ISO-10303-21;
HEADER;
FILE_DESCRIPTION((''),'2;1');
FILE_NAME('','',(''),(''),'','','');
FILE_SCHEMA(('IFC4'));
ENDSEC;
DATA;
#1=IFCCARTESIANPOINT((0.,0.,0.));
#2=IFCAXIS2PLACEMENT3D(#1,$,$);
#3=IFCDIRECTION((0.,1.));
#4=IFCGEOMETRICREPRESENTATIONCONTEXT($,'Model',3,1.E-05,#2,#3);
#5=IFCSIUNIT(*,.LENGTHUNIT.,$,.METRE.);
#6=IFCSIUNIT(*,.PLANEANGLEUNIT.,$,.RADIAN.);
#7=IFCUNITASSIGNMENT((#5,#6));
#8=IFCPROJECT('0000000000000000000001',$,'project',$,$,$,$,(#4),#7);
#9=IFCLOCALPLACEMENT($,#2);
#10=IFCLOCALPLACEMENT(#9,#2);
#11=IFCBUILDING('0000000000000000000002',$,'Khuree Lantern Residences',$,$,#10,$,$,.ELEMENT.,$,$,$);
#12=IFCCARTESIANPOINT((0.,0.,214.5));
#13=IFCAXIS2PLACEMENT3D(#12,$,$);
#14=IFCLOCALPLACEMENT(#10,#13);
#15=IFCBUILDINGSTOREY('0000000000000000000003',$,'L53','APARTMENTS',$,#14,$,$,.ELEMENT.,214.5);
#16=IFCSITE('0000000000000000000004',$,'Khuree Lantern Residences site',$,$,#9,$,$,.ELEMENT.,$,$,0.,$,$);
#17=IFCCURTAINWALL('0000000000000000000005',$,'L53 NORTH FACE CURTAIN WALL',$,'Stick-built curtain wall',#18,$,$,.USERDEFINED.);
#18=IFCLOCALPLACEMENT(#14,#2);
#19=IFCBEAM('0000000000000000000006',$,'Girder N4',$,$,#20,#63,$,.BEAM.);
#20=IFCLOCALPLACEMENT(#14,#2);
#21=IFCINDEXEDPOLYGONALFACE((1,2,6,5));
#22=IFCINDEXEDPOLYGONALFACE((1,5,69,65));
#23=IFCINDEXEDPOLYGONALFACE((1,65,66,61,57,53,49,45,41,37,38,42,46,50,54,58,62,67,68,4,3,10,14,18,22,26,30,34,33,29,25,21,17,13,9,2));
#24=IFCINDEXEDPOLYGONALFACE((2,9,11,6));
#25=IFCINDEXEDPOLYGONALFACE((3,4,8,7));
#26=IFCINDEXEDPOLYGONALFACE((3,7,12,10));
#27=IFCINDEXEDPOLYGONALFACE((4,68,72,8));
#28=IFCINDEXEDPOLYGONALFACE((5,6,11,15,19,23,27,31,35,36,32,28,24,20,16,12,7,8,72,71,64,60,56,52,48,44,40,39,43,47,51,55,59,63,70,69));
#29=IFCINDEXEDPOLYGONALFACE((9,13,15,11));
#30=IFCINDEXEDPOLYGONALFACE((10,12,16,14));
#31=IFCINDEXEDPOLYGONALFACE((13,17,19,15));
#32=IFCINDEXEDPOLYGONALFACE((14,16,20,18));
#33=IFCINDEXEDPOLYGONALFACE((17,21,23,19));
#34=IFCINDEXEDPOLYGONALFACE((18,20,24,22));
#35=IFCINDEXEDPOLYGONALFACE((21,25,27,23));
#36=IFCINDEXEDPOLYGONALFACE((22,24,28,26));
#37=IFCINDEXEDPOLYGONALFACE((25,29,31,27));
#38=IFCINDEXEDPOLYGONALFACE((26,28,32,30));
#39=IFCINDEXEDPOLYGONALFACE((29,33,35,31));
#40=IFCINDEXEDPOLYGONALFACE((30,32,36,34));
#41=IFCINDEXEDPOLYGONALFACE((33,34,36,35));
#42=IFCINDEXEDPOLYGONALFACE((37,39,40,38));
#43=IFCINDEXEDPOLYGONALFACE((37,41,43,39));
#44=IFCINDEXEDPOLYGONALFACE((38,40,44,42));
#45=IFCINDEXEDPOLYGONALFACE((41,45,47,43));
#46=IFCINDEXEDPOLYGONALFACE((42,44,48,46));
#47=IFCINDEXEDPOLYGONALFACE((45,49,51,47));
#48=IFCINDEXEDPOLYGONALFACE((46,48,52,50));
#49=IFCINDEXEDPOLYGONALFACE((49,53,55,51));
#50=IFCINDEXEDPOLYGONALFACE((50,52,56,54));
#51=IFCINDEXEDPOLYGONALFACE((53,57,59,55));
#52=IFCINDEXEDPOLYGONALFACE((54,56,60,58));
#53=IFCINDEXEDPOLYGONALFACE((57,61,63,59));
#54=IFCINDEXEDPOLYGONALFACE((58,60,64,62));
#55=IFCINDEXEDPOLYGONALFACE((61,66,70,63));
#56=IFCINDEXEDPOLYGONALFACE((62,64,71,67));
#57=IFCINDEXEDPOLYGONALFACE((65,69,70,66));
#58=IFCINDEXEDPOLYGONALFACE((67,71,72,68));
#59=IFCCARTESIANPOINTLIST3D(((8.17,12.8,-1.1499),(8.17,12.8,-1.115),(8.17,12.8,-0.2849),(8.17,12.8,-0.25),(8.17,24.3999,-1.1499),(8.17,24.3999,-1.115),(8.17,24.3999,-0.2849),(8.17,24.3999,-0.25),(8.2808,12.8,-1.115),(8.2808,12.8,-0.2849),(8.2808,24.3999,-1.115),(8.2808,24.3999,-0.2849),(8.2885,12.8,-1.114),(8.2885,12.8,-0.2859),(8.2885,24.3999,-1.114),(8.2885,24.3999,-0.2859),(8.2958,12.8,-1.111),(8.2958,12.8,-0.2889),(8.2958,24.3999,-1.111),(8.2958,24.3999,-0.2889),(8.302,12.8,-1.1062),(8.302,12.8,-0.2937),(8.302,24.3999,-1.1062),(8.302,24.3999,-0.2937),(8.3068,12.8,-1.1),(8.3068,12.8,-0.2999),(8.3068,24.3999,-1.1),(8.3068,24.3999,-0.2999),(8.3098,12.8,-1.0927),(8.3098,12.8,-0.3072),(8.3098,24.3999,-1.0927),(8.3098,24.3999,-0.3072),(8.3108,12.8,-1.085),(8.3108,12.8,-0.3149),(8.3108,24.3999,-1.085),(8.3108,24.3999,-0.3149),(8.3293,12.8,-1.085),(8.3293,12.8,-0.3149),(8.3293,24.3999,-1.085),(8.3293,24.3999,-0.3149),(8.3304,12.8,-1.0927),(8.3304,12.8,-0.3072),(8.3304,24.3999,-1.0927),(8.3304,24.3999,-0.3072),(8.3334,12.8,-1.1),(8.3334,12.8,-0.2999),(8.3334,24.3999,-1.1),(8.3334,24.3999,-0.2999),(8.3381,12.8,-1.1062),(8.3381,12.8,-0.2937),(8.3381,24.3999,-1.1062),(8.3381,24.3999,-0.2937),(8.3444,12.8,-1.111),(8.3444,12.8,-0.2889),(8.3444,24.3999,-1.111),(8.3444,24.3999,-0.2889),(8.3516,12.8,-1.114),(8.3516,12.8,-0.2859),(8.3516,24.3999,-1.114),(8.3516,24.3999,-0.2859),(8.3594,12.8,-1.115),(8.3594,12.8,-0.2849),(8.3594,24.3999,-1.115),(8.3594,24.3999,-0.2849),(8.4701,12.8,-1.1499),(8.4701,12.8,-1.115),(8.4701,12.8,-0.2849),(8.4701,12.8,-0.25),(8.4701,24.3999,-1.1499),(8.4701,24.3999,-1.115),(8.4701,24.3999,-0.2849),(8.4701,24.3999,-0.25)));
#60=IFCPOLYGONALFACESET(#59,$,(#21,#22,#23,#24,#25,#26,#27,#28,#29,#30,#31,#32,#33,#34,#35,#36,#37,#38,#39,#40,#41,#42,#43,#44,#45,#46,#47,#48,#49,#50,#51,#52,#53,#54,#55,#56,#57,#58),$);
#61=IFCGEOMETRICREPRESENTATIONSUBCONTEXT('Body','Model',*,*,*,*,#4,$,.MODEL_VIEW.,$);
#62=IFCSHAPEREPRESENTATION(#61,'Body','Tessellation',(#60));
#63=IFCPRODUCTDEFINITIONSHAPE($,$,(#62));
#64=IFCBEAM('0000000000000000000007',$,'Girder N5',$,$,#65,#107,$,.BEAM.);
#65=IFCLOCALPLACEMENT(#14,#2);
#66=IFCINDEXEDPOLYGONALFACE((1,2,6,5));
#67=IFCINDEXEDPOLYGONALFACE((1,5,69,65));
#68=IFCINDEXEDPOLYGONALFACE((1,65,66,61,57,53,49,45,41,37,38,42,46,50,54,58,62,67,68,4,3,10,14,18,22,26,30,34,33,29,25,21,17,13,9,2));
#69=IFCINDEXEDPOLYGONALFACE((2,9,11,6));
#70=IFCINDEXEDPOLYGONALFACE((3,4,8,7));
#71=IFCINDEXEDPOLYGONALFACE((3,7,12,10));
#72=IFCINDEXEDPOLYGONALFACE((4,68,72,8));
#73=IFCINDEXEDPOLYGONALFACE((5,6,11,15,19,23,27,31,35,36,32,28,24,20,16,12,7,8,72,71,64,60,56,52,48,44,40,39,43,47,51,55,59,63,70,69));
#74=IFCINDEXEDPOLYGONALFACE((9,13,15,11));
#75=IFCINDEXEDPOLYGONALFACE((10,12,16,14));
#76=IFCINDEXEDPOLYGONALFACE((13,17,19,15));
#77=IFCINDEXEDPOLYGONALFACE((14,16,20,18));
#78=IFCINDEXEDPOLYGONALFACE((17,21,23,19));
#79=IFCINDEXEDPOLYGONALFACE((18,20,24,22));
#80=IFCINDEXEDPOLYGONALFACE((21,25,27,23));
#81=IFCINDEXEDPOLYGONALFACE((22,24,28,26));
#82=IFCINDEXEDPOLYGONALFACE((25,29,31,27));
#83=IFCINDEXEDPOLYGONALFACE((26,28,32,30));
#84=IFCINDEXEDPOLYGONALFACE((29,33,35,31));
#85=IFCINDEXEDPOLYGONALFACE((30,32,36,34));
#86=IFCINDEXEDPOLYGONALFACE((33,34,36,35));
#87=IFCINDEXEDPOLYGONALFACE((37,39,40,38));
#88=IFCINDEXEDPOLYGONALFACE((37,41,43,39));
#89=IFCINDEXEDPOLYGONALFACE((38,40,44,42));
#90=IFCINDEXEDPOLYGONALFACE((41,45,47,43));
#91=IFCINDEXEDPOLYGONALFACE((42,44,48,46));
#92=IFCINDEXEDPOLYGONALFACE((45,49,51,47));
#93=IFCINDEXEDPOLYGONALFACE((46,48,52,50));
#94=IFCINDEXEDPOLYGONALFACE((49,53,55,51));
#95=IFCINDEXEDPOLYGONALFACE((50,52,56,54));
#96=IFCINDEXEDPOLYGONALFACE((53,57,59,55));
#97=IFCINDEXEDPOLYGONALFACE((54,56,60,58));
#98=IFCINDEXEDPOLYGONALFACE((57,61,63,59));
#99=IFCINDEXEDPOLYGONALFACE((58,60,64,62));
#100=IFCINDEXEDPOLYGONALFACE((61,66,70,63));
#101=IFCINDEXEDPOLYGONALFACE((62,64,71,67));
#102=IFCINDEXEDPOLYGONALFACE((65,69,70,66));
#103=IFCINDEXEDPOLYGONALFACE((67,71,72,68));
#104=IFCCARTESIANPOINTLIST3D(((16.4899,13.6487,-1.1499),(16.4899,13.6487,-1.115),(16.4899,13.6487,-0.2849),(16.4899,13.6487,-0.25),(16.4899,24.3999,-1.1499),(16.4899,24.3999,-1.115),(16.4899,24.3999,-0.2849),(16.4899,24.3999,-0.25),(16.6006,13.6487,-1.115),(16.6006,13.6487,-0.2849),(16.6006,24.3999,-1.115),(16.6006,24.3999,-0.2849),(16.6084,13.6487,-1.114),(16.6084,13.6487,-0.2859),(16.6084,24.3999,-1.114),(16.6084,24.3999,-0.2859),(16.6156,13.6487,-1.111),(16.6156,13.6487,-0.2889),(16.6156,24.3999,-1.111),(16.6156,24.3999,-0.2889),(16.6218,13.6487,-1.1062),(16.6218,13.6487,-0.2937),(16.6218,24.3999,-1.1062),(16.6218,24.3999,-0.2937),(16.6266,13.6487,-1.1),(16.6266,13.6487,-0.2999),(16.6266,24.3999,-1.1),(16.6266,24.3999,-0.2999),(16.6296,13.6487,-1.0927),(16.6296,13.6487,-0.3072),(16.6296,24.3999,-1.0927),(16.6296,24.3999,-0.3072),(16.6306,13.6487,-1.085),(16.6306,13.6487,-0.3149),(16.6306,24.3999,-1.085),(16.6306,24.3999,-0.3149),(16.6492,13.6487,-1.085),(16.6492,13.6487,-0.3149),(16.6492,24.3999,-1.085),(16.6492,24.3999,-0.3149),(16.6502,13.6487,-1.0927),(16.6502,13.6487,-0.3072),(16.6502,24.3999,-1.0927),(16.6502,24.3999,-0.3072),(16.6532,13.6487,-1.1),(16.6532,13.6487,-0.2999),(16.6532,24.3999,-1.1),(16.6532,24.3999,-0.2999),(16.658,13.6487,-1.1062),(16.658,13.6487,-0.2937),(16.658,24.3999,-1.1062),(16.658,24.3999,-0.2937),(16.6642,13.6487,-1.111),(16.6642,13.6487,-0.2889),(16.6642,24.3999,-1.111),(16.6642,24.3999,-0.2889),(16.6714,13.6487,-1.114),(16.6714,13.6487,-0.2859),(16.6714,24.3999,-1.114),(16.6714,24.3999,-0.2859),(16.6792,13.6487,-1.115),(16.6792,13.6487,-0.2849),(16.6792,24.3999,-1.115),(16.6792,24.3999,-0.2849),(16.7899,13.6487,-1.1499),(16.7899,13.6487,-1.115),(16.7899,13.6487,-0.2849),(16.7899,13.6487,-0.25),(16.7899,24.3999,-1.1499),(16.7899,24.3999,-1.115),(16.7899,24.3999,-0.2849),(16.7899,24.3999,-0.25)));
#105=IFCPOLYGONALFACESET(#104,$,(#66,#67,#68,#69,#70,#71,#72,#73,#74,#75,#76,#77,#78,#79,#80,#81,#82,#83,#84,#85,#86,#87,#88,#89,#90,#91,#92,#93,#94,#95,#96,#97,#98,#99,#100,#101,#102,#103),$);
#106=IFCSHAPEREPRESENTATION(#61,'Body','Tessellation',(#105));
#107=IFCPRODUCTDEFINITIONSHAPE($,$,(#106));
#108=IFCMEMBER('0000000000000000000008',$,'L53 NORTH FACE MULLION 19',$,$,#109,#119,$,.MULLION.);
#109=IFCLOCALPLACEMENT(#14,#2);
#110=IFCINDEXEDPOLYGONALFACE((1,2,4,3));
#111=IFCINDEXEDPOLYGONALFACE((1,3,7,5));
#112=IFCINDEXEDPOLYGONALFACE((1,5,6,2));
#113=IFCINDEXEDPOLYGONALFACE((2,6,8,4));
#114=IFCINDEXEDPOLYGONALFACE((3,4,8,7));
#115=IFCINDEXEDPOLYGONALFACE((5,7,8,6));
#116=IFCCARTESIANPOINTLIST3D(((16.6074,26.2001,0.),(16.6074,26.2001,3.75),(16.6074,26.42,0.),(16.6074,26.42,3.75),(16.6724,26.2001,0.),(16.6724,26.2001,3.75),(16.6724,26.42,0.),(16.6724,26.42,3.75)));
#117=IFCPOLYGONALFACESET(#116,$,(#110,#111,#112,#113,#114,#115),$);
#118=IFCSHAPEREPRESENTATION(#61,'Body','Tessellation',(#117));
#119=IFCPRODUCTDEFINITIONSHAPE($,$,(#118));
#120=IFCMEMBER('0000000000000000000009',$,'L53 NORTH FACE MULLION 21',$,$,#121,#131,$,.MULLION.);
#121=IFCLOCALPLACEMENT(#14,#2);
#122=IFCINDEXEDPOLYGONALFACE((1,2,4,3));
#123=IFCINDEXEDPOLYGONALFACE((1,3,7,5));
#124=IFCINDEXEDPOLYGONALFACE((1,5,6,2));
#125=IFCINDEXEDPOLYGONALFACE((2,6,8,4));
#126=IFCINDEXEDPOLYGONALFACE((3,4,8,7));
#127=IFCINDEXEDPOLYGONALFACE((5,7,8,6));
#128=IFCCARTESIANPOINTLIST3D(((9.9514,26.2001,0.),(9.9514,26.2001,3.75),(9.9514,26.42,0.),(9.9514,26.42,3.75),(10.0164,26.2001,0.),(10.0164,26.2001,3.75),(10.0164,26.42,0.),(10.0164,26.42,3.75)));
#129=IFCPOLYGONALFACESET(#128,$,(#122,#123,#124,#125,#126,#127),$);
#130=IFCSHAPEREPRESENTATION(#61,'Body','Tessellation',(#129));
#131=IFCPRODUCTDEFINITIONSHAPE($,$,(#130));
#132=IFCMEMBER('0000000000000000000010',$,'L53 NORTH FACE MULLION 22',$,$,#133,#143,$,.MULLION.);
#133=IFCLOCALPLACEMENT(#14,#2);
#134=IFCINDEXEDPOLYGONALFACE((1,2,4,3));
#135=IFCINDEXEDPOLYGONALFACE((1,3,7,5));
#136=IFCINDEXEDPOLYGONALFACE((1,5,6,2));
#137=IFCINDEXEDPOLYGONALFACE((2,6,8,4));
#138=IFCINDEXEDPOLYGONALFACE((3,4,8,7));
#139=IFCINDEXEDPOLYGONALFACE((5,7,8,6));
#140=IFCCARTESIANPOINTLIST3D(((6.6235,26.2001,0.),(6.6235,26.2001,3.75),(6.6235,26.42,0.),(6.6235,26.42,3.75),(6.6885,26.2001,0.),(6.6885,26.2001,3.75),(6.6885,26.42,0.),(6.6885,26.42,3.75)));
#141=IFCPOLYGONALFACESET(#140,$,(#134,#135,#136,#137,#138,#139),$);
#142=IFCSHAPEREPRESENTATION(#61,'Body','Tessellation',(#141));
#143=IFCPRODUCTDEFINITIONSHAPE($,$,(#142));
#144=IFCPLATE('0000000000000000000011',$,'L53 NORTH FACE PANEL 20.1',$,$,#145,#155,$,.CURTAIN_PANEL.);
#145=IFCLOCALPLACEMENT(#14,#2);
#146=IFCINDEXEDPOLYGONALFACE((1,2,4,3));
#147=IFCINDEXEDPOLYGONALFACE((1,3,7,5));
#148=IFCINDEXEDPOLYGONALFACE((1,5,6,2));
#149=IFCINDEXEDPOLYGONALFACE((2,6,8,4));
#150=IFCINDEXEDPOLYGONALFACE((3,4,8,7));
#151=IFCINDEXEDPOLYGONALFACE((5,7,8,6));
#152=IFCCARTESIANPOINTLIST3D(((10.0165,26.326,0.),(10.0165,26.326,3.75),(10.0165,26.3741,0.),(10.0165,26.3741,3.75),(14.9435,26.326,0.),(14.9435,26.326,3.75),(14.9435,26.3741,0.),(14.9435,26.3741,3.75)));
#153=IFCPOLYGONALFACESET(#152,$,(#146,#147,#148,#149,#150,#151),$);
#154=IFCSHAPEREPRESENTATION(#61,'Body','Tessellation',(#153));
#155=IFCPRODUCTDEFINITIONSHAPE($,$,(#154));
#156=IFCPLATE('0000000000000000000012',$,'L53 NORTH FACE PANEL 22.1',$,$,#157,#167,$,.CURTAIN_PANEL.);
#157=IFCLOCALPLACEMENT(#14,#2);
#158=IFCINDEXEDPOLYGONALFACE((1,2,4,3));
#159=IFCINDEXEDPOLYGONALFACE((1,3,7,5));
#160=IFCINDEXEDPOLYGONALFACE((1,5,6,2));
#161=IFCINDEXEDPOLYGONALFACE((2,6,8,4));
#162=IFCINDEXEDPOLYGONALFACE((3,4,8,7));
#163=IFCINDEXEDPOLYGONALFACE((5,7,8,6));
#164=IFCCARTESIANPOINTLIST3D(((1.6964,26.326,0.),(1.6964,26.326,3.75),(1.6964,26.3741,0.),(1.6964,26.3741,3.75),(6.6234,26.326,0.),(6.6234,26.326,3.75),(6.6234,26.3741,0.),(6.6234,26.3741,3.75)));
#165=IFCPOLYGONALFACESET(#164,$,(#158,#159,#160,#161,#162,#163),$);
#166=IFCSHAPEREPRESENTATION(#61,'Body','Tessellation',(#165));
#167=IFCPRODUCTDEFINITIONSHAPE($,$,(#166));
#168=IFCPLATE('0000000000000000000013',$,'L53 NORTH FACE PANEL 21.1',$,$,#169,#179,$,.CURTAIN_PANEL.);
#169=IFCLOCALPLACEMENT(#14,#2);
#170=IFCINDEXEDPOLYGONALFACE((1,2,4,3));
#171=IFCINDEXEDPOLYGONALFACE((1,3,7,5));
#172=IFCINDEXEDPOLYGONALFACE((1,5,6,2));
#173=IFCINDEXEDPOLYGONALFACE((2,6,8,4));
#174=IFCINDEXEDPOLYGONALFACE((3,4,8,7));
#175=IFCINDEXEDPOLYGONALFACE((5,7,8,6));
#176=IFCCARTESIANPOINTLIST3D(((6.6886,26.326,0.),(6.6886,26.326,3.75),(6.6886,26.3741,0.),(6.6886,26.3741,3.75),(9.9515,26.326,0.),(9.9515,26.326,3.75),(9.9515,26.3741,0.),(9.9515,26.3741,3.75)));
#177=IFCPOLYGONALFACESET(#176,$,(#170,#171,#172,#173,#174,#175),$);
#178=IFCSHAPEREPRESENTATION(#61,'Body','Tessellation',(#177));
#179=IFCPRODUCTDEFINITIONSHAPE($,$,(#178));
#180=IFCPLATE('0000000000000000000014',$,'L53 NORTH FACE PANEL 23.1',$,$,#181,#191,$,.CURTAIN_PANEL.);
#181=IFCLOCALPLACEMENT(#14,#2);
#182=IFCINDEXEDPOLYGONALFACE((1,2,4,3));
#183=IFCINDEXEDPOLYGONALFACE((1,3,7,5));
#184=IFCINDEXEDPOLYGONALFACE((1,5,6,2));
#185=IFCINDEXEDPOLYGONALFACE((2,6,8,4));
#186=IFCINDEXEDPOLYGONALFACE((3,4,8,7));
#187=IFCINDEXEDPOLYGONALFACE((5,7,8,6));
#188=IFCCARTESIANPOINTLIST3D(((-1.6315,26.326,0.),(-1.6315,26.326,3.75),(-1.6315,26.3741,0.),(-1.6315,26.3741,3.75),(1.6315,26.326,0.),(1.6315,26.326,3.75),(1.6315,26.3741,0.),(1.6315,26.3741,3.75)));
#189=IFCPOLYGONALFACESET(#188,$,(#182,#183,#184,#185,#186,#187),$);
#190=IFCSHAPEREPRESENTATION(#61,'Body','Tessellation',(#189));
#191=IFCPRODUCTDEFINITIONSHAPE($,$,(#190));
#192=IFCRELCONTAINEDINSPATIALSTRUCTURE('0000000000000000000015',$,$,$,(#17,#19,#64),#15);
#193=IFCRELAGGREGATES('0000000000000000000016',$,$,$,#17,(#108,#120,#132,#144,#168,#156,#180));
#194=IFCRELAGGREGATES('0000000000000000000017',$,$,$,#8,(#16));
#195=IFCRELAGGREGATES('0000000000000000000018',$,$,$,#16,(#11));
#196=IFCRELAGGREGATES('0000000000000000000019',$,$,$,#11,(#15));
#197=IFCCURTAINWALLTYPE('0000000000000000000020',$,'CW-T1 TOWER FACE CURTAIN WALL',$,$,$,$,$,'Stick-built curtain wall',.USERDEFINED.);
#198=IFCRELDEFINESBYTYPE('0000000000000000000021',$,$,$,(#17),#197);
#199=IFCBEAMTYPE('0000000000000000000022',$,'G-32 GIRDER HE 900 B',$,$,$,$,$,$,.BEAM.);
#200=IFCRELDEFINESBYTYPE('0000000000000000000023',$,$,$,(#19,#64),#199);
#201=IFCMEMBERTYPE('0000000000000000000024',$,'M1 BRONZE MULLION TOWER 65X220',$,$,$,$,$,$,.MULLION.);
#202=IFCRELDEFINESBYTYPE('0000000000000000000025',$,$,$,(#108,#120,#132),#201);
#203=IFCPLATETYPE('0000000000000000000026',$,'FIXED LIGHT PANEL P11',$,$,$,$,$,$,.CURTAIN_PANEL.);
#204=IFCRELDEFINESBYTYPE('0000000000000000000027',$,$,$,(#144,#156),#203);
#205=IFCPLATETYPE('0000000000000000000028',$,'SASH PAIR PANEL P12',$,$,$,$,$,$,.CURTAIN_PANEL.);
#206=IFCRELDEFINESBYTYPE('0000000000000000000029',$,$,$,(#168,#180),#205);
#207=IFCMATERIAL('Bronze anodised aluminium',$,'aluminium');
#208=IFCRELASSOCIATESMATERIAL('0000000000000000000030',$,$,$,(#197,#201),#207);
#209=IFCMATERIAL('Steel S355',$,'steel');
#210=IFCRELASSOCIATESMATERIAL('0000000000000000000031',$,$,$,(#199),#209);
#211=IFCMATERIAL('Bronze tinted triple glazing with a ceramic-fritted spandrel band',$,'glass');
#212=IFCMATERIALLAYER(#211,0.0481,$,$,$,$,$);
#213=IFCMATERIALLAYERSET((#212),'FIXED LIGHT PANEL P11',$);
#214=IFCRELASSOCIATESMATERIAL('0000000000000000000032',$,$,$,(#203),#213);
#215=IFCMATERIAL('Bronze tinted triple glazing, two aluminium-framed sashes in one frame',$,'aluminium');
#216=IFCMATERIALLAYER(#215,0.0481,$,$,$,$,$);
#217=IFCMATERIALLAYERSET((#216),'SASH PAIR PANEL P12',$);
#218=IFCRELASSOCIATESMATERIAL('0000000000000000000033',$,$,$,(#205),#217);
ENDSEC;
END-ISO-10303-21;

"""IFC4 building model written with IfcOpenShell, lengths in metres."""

from ifc_helpers import new_model, si_unit, direction, frame, origin, origin_2d, place, context, subcontext, project, spatial, rectangle, i_section, extrude, material, layer, layer_set, material_profile, profile_set, type_object, element, aggregate, save


model = new_model("IFC4")

# Units and contexts
model_context = context("Model", 3, precision=1e-05, world=origin(), true_north=direction((0.0, 1.0)))
body_context = subcontext(model_context, "Body", "Model", "MODEL_VIEW")
ifc_project = project(units=[si_unit("LENGTHUNIT", "METRE"), si_unit("PLANEANGLEUNIT", "RADIAN")], contexts=[model_context])

# Site, building, storey
site_placement = place(None, origin())
site = spatial("IfcSite", under=ifc_project, at=site_placement, Name="Khuree Lantern Residences site", CompositionType="ELEMENT", RefElevation=0.0)
building_placement = place(site_placement, origin())
building = spatial("IfcBuilding", under=site, at=building_placement, Name="Khuree Lantern Residences", CompositionType="ELEMENT")
storey_placement = place(building_placement, frame((0.0, 0.0, 214.5)))
storey = spatial("IfcBuildingStorey", under=building, at=storey_placement, Name="L53", Description="APARTMENTS", CompositionType="ELEMENT", Elevation=214.5)

# Shared definitions
ifc_material_1 = material(Name="Steel S355", Category="steel")

# Curtain wall
ifc_material_2 = material(Name="Bronze anodised aluminium", Category="aluminium")
curtain_wall_type = type_object("IfcCurtainWallType", Name="CW-T1 TOWER FACE CURTAIN WALL", ElementType="Stick-built curtain wall", PredefinedType="USERDEFINED", material=ifc_material_2)
curtain_wall_placement = place(storey_placement, origin())
curtain_wall = element("IfcCurtainWall", 1, at=curtain_wall_placement, inside=storey, type_object=curtain_wall_type, Name="L53 NORTH FACE CURTAIN WALL", ObjectType="Stick-built curtain wall", PredefinedType="USERDEFINED")

# Beams
ifc_material_profile_1 = material_profile(ifc_material_1, i_section(OverallWidth=0.3, OverallDepth=0.8999, WebThickness=0.0186, FlangeThickness=0.0349, FilletRadius=0.03, at=origin_2d()), Name="HE 900 B")
ifc_profile_set_1 = profile_set([ifc_material_profile_1], Name="Steel S355")
beam_type_1 = type_object("IfcBeamType", Name="G-32 GIRDER HE 900 B", PredefinedType="BEAM", material=ifc_profile_set_1)
for number, where, z_axis, x_axis, name in (
    (2, (8.3201, 24.3999, -0.7), (0.0, -1.0, 0.0), (1.0, 0.0, 0.0), "Girder N4"),
):
    element("IfcBeam", number, at=place(storey_placement, frame(where, z_axis=z_axis, x_axis=x_axis)), inside=storey, type_object=beam_type_1, Name=name, PredefinedType="BEAM", context=body_context, shape_type="SweptSolid", body=[
        extrude(i_section(OverallWidth=0.3, OverallDepth=0.8999, WebThickness=0.0186, FlangeThickness=0.0349, FilletRadius=0.03, at=origin_2d()), origin(), (0.0, 0.0, 1.0), 11.5999),
    ])
beam_1_placement = place(storey_placement, frame((16.6399, 24.3999, -0.7), z_axis=(0.0, -1.0, 0.0), x_axis=(1.0, 0.0, 0.0)))
element("IfcBeam", 3, at=beam_1_placement, inside=storey, type_object=beam_type_1, Name="Girder N5", PredefinedType="BEAM", context=body_context, shape_type="SweptSolid", body=[
    extrude(i_section(OverallWidth=0.3, OverallDepth=0.8999, WebThickness=0.0186, FlangeThickness=0.0349, FilletRadius=0.03, at=origin_2d()), origin(), (0.0, 0.0, 1.0), 10.7512),
])

# Members
ifc_material_profile_2 = material_profile(ifc_material_2, rectangle(XDim=0.0649, YDim=0.22, at=origin_2d()), Name="M1 65X220")
ifc_profile_set_2 = profile_set([ifc_material_profile_2], Name="Bronze anodised aluminium")
member_type_1 = type_object("IfcMemberType", Name="M1 BRONZE MULLION TOWER 65X220", PredefinedType="MULLION", material=ifc_profile_set_2)
member_1_placement = place(storey_placement, frame((16.6399, 26.3101, 0.0), z_axis=(0.0, 0.0, 1.0), x_axis=(-1.0, 0.0, 0.0)))
member_1 = element("IfcMember", 4, at=member_1_placement, type_object=member_type_1, Name="L53 NORTH FACE MULLION 19", PredefinedType="MULLION", context=body_context, shape_type="SweptSolid", body=[
    extrude(rectangle(XDim=0.0649, YDim=0.22, at=origin_2d()), origin(), (0.0, 0.0, 1.0), 3.75),
])
member_2_placement = place(storey_placement, frame((9.9839, 26.3101, 0.0), z_axis=(0.0, 0.0, 1.0), x_axis=(-1.0, 0.0, 0.0)))
member_2 = element("IfcMember", 5, at=member_2_placement, type_object=member_type_1, Name="L53 NORTH FACE MULLION 21", PredefinedType="MULLION", context=body_context, shape_type="SweptSolid", body=[
    extrude(rectangle(XDim=0.0649, YDim=0.22, at=origin_2d()), origin(), (0.0, 0.0, 1.0), 3.75),
])
member_3_placement = place(storey_placement, frame((6.656, 26.3101, 0.0), z_axis=(0.0, 0.0, 1.0), x_axis=(-1.0, 0.0, 0.0)))
member_3 = element("IfcMember", 6, at=member_3_placement, type_object=member_type_1, Name="L53 NORTH FACE MULLION 22", PredefinedType="MULLION", context=body_context, shape_type="SweptSolid", body=[
    extrude(rectangle(XDim=0.0649, YDim=0.22, at=origin_2d()), origin(), (0.0, 0.0, 1.0), 3.75),
])

# Plates
ifc_material_3 = material(Name="Bronze tinted triple glazing with a ceramic-fritted spandrel band", Category="glass")
ifc_layer_1 = layer(ifc_material_3, 0.0481)
ifc_layer_set_1 = layer_set([ifc_layer_1], Name="FIXED LIGHT PANEL P11")
plate_type_1 = type_object("IfcPlateType", Name="FIXED LIGHT PANEL P11", PredefinedType="CURTAIN_PANEL", material=ifc_layer_set_1)
plate_1_placement = place(storey_placement, frame((12.48, 26.3501, 0.0), z_axis=(0.0, 0.0, 1.0), x_axis=(-1.0, 0.0, 0.0)))
plate_1 = element("IfcPlate", 7, at=plate_1_placement, type_object=plate_type_1, Name="L53 NORTH FACE PANEL 20.1", PredefinedType="CURTAIN_PANEL", context=body_context, shape_type="SweptSolid", body=[
    extrude(rectangle(XDim=4.927, YDim=0.0481, at=origin_2d()), origin(), (0.0, 0.0, 1.0), 3.75),
])
plate_2_placement = place(storey_placement, frame((4.1599, 26.3501, 0.0), z_axis=(0.0, 0.0, 1.0), x_axis=(-1.0, 0.0, 0.0)))
plate_2 = element("IfcPlate", 8, at=plate_2_placement, type_object=plate_type_1, Name="L53 NORTH FACE PANEL 22.1", PredefinedType="CURTAIN_PANEL", context=body_context, shape_type="SweptSolid", body=[
    extrude(rectangle(XDim=4.927, YDim=0.0481, at=origin_2d()), origin(), (0.0, 0.0, 1.0), 3.75),
])
ifc_material_4 = material(Name="Bronze tinted triple glazing, two aluminium-framed sashes in one frame", Category="aluminium")
ifc_layer_2 = layer(ifc_material_4, 0.0481)
ifc_layer_set_2 = layer_set([ifc_layer_2], Name="SASH PAIR PANEL P12")
plate_type_2 = type_object("IfcPlateType", Name="SASH PAIR PANEL P12", PredefinedType="CURTAIN_PANEL", material=ifc_layer_set_2)
plate_3_placement = place(storey_placement, frame((8.3201, 26.3501, 0.0), z_axis=(0.0, 0.0, 1.0), x_axis=(-1.0, 0.0, 0.0)))
plate_3 = element("IfcPlate", 9, at=plate_3_placement, type_object=plate_type_2, Name="L53 NORTH FACE PANEL 21.1", PredefinedType="CURTAIN_PANEL", context=body_context, shape_type="SweptSolid", body=[
    extrude(rectangle(XDim=3.2629, YDim=0.0481, at=origin_2d()), origin(), (0.0, 0.0, 1.0), 3.75),
])
plate_4_placement = place(storey_placement, frame((0.0, 26.3501, 0.0), z_axis=(0.0, 0.0, 1.0), x_axis=(-1.0, 0.0, 0.0)))
plate_4 = element("IfcPlate", 10, at=plate_4_placement, type_object=plate_type_2, Name="L53 NORTH FACE PANEL 23.1", PredefinedType="CURTAIN_PANEL", context=body_context, shape_type="SweptSolid", body=[
    extrude(rectangle(XDim=3.2629, YDim=0.0481, at=origin_2d()), origin(), (0.0, 0.0, 1.0), 3.75),
])
aggregate(curtain_wall, [member_1, member_2, member_3, plate_1, plate_3, plate_2, plate_4])

save(model, "model.ifc")
